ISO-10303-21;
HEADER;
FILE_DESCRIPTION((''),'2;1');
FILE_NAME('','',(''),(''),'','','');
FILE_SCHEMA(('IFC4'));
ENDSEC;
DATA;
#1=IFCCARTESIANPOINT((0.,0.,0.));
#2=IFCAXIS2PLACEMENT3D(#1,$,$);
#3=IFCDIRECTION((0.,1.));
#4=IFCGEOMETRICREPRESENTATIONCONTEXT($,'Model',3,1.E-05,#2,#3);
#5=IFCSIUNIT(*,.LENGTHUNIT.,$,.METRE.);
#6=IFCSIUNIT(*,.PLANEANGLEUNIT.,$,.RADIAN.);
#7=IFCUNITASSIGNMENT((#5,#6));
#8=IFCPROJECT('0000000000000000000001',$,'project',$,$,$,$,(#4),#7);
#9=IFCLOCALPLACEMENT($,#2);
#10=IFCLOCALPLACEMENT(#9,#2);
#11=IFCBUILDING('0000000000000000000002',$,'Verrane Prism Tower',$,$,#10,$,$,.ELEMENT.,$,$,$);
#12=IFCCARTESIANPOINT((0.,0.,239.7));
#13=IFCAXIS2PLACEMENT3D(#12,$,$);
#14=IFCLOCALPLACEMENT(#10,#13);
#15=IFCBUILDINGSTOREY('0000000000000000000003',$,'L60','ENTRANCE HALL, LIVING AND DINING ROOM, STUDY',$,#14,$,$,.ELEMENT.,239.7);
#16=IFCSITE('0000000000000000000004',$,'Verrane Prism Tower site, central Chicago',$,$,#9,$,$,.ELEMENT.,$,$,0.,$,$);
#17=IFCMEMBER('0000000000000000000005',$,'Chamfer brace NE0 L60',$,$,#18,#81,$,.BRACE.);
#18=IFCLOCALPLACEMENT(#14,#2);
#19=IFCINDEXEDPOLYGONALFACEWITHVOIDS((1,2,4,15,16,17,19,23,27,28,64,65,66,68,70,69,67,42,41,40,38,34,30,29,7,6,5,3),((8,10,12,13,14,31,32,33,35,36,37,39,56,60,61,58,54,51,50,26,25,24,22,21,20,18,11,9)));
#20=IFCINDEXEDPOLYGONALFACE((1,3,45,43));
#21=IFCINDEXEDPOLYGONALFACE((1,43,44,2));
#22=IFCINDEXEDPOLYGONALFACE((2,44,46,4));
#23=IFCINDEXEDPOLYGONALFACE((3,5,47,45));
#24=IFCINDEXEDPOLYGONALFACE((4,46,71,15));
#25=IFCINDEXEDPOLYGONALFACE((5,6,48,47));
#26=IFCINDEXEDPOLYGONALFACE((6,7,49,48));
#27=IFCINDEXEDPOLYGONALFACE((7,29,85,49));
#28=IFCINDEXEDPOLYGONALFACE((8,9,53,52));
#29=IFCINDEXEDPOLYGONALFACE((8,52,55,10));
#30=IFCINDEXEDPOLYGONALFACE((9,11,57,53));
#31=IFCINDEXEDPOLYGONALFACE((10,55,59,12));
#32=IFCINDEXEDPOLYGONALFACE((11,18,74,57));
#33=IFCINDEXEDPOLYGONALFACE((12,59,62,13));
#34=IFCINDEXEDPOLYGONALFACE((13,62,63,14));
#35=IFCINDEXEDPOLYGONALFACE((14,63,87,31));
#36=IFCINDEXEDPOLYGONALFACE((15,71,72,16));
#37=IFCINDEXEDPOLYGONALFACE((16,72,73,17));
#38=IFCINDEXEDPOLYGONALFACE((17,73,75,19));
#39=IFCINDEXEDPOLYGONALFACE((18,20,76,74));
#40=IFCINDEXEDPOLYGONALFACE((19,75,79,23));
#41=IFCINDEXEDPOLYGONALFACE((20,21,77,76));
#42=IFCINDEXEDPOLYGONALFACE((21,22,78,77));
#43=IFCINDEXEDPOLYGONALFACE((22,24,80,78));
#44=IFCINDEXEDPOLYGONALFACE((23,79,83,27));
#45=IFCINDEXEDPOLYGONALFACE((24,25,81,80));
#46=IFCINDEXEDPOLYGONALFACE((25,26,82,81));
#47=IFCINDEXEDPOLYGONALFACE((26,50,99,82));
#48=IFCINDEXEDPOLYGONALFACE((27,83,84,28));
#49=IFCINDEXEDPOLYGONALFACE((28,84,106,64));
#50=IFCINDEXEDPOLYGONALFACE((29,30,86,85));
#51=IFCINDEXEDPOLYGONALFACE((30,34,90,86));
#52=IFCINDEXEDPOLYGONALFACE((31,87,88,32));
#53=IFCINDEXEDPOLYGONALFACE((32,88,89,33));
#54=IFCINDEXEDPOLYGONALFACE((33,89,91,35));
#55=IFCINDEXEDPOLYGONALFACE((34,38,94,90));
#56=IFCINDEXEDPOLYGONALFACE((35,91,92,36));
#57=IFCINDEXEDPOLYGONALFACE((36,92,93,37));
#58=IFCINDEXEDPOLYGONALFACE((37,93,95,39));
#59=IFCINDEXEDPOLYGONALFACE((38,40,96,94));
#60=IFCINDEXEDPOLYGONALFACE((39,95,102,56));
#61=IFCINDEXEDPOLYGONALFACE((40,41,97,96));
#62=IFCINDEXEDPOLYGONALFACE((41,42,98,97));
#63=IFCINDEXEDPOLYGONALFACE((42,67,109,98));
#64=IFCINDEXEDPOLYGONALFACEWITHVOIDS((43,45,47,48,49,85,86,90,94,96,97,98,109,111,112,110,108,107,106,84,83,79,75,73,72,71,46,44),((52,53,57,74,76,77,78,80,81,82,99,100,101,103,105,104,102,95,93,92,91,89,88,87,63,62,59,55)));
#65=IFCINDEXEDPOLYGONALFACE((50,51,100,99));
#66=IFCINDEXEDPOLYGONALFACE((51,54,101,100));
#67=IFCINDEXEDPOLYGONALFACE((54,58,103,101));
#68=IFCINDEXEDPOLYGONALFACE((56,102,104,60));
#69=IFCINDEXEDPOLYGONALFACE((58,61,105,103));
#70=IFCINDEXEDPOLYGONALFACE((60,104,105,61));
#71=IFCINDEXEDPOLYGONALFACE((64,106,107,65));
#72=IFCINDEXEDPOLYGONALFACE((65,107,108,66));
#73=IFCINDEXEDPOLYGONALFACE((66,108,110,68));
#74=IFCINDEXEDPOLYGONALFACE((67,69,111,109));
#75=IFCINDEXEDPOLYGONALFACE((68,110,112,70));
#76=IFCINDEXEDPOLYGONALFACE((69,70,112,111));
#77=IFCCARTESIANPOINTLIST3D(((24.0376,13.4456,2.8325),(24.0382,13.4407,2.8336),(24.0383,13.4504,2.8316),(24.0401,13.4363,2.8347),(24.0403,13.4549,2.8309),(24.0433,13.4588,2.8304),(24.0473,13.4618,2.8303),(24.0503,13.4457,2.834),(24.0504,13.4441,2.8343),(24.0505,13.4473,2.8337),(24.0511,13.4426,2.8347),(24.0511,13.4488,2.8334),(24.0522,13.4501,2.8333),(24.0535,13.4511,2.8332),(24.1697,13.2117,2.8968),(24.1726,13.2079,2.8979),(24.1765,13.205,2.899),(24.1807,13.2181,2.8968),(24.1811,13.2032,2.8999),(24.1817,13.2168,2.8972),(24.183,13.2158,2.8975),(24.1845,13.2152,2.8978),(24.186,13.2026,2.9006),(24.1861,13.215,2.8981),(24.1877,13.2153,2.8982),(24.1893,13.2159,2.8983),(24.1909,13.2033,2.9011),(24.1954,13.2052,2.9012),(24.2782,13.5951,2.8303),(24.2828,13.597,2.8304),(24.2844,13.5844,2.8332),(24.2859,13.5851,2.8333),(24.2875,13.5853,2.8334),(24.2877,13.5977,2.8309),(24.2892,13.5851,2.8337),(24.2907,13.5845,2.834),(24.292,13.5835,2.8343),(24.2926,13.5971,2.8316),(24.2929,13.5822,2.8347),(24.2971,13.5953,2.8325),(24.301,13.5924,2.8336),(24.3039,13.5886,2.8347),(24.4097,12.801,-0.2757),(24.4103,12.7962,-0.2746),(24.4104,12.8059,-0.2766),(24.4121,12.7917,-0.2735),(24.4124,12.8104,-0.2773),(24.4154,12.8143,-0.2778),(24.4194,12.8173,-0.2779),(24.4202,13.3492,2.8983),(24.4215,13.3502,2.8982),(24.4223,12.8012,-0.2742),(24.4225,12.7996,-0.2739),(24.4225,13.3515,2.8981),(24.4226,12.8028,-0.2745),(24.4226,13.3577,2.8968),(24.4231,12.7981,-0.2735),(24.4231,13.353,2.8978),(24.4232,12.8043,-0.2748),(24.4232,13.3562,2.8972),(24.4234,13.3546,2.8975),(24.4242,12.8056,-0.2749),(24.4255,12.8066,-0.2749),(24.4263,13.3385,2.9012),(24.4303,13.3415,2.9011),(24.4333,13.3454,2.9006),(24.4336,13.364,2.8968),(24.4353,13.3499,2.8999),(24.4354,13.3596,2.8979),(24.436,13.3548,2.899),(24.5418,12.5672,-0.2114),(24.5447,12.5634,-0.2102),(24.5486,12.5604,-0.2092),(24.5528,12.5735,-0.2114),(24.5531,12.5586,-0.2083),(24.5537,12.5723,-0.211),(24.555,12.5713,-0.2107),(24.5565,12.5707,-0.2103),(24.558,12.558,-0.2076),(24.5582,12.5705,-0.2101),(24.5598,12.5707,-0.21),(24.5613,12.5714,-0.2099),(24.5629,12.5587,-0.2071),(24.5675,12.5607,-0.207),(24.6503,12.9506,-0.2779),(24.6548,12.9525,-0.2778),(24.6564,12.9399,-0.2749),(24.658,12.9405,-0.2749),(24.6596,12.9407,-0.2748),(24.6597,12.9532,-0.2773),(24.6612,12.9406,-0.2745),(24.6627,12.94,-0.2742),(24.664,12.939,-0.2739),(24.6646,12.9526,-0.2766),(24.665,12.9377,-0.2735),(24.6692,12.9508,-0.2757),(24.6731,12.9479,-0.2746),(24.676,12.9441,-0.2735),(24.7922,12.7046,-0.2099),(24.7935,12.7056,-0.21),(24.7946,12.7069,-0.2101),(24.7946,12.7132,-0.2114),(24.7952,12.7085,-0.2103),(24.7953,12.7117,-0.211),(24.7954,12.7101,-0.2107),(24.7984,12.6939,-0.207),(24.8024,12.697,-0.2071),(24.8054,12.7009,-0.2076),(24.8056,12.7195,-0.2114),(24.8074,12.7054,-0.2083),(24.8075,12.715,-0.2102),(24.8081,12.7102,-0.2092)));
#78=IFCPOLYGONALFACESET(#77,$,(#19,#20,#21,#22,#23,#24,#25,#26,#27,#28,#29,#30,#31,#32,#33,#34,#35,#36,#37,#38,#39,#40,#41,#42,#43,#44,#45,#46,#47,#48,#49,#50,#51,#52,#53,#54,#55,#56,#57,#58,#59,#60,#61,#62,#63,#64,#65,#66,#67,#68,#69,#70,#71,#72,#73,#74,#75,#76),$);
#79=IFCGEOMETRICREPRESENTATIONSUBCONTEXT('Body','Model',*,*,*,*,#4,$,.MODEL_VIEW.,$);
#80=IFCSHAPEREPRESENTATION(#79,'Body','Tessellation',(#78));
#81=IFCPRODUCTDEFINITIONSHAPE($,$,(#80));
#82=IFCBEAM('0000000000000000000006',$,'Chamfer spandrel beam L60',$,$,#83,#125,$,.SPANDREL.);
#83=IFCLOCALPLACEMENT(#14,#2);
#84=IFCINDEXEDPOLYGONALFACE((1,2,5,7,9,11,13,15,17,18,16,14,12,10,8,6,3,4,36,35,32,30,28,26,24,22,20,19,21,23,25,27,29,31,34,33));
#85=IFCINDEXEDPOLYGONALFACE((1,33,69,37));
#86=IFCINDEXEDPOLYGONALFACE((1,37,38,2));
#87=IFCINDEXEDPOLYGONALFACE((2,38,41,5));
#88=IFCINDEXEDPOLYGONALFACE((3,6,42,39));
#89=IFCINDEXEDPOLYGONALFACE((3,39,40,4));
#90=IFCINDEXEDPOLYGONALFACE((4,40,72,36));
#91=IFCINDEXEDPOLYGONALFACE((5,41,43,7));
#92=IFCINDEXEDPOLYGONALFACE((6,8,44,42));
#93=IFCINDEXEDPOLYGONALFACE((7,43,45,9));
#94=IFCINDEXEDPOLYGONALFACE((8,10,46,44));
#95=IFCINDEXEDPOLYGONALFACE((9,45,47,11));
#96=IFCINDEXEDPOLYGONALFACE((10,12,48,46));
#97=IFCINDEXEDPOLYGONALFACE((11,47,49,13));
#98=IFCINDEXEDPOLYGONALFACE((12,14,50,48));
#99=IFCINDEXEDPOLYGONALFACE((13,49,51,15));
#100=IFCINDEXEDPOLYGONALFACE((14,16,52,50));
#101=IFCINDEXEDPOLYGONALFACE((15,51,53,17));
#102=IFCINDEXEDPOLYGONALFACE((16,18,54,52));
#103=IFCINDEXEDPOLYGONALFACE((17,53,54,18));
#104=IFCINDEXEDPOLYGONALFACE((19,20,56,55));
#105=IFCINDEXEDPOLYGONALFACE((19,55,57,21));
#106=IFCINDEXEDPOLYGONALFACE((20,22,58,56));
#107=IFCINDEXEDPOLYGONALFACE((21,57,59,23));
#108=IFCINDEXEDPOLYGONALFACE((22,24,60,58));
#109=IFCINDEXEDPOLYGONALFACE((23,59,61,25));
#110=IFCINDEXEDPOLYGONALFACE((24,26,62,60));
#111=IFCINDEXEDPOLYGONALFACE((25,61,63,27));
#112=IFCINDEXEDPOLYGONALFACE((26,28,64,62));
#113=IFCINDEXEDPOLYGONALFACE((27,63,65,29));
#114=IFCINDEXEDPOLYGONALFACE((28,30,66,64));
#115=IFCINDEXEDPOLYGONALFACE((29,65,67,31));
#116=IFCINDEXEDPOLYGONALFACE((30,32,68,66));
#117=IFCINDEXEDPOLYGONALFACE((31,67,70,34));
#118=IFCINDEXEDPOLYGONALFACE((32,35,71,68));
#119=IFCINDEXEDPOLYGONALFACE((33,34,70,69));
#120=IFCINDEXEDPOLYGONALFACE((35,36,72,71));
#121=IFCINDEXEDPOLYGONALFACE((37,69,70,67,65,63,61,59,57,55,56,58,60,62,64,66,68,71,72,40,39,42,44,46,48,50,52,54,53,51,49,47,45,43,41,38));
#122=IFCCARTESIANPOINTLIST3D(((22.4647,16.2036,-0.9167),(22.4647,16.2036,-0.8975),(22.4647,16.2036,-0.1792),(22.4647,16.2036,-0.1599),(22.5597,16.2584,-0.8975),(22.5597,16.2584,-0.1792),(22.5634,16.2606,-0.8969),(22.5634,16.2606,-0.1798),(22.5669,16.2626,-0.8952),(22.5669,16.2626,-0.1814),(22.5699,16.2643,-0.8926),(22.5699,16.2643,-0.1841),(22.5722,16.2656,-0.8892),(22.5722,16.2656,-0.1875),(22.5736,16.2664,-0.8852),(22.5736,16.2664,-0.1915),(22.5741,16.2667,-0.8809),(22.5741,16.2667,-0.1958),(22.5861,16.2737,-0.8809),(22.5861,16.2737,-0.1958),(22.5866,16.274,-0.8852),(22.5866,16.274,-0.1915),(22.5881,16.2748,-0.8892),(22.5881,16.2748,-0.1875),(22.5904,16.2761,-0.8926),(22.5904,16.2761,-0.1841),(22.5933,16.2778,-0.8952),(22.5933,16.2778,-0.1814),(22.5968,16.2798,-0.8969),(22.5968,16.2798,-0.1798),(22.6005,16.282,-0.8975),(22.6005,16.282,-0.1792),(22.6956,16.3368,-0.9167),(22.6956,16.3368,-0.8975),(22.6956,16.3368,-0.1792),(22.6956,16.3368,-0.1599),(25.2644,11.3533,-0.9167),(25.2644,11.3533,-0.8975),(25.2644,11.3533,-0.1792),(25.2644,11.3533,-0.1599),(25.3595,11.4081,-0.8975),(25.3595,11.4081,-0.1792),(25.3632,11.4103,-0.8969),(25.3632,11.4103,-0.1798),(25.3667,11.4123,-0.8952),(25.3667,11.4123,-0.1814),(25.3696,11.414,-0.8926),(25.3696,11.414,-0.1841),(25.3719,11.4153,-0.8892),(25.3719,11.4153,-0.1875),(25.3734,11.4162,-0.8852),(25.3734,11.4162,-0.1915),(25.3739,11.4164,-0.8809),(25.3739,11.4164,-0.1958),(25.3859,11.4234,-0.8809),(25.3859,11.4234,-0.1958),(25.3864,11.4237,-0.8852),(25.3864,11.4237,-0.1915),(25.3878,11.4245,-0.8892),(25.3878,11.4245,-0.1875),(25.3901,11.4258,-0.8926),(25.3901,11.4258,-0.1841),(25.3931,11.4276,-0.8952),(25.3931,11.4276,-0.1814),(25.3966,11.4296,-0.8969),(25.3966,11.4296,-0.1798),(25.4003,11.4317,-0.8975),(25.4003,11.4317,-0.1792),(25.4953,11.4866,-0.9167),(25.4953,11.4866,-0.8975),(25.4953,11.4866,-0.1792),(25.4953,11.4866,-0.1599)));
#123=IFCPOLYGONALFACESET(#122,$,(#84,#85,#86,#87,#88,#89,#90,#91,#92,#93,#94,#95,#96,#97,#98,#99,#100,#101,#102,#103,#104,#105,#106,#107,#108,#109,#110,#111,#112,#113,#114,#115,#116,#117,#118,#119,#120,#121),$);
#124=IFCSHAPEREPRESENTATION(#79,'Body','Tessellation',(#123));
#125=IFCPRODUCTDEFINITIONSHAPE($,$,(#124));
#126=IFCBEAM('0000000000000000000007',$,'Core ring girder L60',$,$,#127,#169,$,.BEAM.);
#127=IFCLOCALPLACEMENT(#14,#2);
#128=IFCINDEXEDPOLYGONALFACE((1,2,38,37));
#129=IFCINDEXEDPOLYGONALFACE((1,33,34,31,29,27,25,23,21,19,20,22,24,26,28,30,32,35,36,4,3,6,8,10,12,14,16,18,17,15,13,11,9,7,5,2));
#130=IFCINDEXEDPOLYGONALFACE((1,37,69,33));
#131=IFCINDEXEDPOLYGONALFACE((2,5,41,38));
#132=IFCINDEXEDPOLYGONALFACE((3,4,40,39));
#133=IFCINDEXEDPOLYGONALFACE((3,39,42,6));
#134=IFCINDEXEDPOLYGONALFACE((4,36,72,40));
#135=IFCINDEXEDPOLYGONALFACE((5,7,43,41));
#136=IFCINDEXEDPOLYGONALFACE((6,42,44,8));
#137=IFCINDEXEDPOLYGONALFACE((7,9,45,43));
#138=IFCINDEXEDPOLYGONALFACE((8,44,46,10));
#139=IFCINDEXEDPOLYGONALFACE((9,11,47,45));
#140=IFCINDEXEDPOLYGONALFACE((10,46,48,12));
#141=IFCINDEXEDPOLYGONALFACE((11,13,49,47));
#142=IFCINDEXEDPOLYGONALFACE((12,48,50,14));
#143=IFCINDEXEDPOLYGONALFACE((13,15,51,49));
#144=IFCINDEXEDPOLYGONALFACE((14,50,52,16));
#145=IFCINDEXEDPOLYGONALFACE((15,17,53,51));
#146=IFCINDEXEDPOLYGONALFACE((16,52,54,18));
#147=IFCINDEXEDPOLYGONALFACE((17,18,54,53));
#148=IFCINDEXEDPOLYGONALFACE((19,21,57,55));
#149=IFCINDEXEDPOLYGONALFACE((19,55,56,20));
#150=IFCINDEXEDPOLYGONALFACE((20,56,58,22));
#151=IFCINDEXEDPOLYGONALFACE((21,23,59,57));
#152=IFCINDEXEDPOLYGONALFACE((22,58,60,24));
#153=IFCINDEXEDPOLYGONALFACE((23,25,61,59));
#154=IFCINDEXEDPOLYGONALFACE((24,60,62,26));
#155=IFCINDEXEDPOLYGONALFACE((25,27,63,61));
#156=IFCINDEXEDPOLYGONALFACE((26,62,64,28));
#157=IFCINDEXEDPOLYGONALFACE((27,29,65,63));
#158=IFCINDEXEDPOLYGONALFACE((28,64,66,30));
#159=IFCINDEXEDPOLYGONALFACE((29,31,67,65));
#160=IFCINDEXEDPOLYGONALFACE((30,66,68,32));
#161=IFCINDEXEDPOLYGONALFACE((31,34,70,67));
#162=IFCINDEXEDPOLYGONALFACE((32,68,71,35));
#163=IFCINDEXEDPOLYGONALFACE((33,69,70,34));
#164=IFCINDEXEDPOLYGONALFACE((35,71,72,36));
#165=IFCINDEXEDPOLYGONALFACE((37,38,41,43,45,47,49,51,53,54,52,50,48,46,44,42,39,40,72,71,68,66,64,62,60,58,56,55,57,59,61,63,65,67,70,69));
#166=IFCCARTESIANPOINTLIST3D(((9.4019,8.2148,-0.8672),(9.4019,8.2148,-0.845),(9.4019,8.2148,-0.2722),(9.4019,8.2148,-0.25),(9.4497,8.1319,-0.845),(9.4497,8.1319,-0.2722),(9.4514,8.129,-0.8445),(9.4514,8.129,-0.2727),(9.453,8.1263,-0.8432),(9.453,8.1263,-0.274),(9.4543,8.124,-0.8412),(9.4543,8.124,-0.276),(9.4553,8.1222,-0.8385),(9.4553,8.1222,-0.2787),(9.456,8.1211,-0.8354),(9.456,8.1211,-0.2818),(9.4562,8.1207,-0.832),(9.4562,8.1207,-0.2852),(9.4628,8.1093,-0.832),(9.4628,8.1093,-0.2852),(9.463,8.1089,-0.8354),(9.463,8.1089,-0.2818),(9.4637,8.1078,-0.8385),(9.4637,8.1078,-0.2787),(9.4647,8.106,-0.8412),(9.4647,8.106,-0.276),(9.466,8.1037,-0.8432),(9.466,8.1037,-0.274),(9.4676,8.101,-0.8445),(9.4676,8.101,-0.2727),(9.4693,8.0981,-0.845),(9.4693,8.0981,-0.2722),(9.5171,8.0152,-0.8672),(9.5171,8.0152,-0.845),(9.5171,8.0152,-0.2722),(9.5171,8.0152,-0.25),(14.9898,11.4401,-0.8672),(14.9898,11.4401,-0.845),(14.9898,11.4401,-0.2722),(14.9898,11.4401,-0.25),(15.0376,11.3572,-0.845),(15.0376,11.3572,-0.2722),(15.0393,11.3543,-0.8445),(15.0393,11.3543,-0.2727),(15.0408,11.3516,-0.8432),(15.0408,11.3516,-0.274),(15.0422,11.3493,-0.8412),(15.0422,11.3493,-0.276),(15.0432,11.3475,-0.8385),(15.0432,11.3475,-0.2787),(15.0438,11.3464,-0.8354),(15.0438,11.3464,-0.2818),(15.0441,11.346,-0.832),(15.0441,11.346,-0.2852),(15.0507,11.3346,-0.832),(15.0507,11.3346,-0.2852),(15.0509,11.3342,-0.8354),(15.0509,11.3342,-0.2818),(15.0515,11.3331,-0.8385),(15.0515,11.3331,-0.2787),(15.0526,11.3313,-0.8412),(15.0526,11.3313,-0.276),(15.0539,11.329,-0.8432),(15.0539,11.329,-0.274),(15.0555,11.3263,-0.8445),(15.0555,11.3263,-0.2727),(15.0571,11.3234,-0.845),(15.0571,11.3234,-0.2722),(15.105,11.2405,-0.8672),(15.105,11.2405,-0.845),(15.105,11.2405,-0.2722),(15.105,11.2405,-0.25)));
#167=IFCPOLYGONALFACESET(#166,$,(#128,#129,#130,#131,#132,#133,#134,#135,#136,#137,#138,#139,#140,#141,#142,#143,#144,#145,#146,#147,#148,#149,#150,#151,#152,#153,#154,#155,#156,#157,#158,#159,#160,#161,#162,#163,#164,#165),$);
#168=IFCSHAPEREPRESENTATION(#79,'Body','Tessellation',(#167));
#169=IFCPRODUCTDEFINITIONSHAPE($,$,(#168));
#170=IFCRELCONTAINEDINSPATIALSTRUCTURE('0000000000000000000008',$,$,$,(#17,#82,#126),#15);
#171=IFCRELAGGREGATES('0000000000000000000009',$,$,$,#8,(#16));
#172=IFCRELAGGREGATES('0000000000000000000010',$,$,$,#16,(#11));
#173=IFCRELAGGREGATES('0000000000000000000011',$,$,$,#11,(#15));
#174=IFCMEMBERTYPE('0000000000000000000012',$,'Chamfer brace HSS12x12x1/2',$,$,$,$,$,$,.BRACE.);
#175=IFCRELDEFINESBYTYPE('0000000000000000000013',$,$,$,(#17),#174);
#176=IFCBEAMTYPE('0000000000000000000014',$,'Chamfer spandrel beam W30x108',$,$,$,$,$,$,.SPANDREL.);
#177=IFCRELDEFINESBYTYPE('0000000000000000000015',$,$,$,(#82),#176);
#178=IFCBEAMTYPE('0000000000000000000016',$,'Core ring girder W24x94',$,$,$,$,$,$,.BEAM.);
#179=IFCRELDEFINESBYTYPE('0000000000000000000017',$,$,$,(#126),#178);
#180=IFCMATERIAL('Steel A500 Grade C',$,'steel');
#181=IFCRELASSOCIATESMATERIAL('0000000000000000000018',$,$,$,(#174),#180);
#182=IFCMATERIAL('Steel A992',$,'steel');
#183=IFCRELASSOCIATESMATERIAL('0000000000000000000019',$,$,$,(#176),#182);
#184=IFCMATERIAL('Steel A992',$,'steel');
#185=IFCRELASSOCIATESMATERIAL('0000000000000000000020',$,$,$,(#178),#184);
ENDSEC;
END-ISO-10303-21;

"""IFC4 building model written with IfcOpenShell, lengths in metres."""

from ifc_helpers import new_model, si_unit, direction, frame, origin, origin_2d, place, context, subcontext, project, spatial, hollow_rectangle, i_section, extrude, material, material_profile, profile_set, type_object, element, save


model = new_model("IFC4")

# Units and contexts
model_context = context("Model", 3, precision=1e-05, world=origin(), true_north=direction((0.0, 1.0)))
body_context = subcontext(model_context, "Body", "Model", "MODEL_VIEW")
ifc_project = project(units=[si_unit("LENGTHUNIT", "METRE"), si_unit("PLANEANGLEUNIT", "RADIAN")], contexts=[model_context])

# Site, building, storey
site_placement = place(None, origin())
site = spatial("IfcSite", under=ifc_project, at=site_placement, Name="Verrane Prism Tower site, central Chicago", CompositionType="ELEMENT", RefElevation=0.0)
building_placement = place(site_placement, origin())
building = spatial("IfcBuilding", under=site, at=building_placement, Name="Verrane Prism Tower", CompositionType="ELEMENT")
storey_placement = place(building_placement, frame((0.0, 0.0, 239.7)))
storey = spatial("IfcBuildingStorey", under=building, at=storey_placement, Name="L60", Description="ENTRANCE HALL, LIVING AND DINING ROOM, STUDY", CompositionType="ELEMENT", Elevation=239.7)

# Member
ifc_material_1 = material(Name="Steel A500 Grade C", Category="steel")
ifc_material_profile_1 = material_profile(ifc_material_1, hollow_rectangle(XDim=0.3047, YDim=0.3047, WallThickness=0.0127, InnerFilletRadius=0.0063, OuterFilletRadius=0.019, at=origin_2d()), Name="HSS12x12x1/2")
ifc_profile_set_1 = profile_set([ifc_material_profile_1], Name="Steel A500 Grade C")
member_type_1 = type_object("IfcMemberType", Name="Chamfer brace HSS12x12x1/2", PredefinedType="BRACE", material=ifc_profile_set_1)
member_1_placement = place(storey_placement, frame((24.6089, 12.7556, -0.2424), z_axis=(-0.116417, 0.201667, 0.972511), x_axis=(-0.866054, -0.49995, 0.0)))
element("IfcMember", 1, at=member_1_placement, inside=storey, type_object=member_type_1, Name="Chamfer brace NE0 L60", PredefinedType="BRACE", context=body_context, shape_type="SweptSolid", body=[
    extrude(hollow_rectangle(XDim=0.3047, YDim=0.3047, WallThickness=0.0127, InnerFilletRadius=0.0063, OuterFilletRadius=0.019, at=origin_2d()), origin(), (0.0, 0.0, 1.0), 3.196),
])

# Beams
ifc_material_2 = material(Name="Steel A992", Category="steel")
ifc_material_profile_2 = material_profile(ifc_material_2, i_section(OverallWidth=0.2666, OverallDepth=0.7568, WebThickness=0.0139, FlangeThickness=0.0193, FilletRadius=0.0166, at=origin_2d()), Name="W30x108")
ifc_profile_set_2 = profile_set([ifc_material_profile_2], Name="Steel A992")
beam_type_1 = type_object("IfcBeamType", Name="Chamfer spandrel beam W30x108", PredefinedType="SPANDREL", material=ifc_profile_set_2)
beam_1_placement = place(storey_placement, frame((25.3799, 11.4199, -0.5383), z_axis=(-0.499927, 0.866067, 0.0), x_axis=(-0.866067, -0.499927, 0.0)))
element("IfcBeam", 2, at=beam_1_placement, inside=storey, type_object=beam_type_1, Name="Chamfer spandrel beam L60", PredefinedType="SPANDREL", context=body_context, shape_type="SweptSolid", body=[
    extrude(i_section(OverallWidth=0.2666, OverallDepth=0.7568, WebThickness=0.0139, FlangeThickness=0.0193, FilletRadius=0.0166, at=origin_2d()), origin(), (0.0, 0.0, 1.0), 5.6003),
])
ifc_material_3 = material(Name="Steel A992", Category="steel")
ifc_material_profile_3 = material_profile(ifc_material_3, i_section(OverallWidth=0.2305, OverallDepth=0.6172, WebThickness=0.0132, FlangeThickness=0.0222, FilletRadius=0.0129, at=origin_2d()), Name="W24x94")
ifc_profile_set_3 = profile_set([ifc_material_profile_3], Name="Steel A992")
beam_type_2 = type_object("IfcBeamType", Name="Core ring girder W24x94", PredefinedType="BEAM", material=ifc_profile_set_3)
beam_2_placement = place(storey_placement, frame((15.0474, 11.3403, -0.5586), z_axis=(-0.866081, -0.499904, 0.0), x_axis=(0.499904, -0.866081, 0.0)))
element("IfcBeam", 3, at=beam_2_placement, inside=storey, type_object=beam_type_2, Name="Core ring girder L60", PredefinedType="BEAM", context=body_context, shape_type="SweptSolid", body=[
    extrude(i_section(OverallWidth=0.2305, OverallDepth=0.6172, WebThickness=0.0132, FlangeThickness=0.0222, FilletRadius=0.0129, at=origin_2d()), origin(), (0.0, 0.0, 1.0), 6.4519),
])

save(model, "model.ifc")
